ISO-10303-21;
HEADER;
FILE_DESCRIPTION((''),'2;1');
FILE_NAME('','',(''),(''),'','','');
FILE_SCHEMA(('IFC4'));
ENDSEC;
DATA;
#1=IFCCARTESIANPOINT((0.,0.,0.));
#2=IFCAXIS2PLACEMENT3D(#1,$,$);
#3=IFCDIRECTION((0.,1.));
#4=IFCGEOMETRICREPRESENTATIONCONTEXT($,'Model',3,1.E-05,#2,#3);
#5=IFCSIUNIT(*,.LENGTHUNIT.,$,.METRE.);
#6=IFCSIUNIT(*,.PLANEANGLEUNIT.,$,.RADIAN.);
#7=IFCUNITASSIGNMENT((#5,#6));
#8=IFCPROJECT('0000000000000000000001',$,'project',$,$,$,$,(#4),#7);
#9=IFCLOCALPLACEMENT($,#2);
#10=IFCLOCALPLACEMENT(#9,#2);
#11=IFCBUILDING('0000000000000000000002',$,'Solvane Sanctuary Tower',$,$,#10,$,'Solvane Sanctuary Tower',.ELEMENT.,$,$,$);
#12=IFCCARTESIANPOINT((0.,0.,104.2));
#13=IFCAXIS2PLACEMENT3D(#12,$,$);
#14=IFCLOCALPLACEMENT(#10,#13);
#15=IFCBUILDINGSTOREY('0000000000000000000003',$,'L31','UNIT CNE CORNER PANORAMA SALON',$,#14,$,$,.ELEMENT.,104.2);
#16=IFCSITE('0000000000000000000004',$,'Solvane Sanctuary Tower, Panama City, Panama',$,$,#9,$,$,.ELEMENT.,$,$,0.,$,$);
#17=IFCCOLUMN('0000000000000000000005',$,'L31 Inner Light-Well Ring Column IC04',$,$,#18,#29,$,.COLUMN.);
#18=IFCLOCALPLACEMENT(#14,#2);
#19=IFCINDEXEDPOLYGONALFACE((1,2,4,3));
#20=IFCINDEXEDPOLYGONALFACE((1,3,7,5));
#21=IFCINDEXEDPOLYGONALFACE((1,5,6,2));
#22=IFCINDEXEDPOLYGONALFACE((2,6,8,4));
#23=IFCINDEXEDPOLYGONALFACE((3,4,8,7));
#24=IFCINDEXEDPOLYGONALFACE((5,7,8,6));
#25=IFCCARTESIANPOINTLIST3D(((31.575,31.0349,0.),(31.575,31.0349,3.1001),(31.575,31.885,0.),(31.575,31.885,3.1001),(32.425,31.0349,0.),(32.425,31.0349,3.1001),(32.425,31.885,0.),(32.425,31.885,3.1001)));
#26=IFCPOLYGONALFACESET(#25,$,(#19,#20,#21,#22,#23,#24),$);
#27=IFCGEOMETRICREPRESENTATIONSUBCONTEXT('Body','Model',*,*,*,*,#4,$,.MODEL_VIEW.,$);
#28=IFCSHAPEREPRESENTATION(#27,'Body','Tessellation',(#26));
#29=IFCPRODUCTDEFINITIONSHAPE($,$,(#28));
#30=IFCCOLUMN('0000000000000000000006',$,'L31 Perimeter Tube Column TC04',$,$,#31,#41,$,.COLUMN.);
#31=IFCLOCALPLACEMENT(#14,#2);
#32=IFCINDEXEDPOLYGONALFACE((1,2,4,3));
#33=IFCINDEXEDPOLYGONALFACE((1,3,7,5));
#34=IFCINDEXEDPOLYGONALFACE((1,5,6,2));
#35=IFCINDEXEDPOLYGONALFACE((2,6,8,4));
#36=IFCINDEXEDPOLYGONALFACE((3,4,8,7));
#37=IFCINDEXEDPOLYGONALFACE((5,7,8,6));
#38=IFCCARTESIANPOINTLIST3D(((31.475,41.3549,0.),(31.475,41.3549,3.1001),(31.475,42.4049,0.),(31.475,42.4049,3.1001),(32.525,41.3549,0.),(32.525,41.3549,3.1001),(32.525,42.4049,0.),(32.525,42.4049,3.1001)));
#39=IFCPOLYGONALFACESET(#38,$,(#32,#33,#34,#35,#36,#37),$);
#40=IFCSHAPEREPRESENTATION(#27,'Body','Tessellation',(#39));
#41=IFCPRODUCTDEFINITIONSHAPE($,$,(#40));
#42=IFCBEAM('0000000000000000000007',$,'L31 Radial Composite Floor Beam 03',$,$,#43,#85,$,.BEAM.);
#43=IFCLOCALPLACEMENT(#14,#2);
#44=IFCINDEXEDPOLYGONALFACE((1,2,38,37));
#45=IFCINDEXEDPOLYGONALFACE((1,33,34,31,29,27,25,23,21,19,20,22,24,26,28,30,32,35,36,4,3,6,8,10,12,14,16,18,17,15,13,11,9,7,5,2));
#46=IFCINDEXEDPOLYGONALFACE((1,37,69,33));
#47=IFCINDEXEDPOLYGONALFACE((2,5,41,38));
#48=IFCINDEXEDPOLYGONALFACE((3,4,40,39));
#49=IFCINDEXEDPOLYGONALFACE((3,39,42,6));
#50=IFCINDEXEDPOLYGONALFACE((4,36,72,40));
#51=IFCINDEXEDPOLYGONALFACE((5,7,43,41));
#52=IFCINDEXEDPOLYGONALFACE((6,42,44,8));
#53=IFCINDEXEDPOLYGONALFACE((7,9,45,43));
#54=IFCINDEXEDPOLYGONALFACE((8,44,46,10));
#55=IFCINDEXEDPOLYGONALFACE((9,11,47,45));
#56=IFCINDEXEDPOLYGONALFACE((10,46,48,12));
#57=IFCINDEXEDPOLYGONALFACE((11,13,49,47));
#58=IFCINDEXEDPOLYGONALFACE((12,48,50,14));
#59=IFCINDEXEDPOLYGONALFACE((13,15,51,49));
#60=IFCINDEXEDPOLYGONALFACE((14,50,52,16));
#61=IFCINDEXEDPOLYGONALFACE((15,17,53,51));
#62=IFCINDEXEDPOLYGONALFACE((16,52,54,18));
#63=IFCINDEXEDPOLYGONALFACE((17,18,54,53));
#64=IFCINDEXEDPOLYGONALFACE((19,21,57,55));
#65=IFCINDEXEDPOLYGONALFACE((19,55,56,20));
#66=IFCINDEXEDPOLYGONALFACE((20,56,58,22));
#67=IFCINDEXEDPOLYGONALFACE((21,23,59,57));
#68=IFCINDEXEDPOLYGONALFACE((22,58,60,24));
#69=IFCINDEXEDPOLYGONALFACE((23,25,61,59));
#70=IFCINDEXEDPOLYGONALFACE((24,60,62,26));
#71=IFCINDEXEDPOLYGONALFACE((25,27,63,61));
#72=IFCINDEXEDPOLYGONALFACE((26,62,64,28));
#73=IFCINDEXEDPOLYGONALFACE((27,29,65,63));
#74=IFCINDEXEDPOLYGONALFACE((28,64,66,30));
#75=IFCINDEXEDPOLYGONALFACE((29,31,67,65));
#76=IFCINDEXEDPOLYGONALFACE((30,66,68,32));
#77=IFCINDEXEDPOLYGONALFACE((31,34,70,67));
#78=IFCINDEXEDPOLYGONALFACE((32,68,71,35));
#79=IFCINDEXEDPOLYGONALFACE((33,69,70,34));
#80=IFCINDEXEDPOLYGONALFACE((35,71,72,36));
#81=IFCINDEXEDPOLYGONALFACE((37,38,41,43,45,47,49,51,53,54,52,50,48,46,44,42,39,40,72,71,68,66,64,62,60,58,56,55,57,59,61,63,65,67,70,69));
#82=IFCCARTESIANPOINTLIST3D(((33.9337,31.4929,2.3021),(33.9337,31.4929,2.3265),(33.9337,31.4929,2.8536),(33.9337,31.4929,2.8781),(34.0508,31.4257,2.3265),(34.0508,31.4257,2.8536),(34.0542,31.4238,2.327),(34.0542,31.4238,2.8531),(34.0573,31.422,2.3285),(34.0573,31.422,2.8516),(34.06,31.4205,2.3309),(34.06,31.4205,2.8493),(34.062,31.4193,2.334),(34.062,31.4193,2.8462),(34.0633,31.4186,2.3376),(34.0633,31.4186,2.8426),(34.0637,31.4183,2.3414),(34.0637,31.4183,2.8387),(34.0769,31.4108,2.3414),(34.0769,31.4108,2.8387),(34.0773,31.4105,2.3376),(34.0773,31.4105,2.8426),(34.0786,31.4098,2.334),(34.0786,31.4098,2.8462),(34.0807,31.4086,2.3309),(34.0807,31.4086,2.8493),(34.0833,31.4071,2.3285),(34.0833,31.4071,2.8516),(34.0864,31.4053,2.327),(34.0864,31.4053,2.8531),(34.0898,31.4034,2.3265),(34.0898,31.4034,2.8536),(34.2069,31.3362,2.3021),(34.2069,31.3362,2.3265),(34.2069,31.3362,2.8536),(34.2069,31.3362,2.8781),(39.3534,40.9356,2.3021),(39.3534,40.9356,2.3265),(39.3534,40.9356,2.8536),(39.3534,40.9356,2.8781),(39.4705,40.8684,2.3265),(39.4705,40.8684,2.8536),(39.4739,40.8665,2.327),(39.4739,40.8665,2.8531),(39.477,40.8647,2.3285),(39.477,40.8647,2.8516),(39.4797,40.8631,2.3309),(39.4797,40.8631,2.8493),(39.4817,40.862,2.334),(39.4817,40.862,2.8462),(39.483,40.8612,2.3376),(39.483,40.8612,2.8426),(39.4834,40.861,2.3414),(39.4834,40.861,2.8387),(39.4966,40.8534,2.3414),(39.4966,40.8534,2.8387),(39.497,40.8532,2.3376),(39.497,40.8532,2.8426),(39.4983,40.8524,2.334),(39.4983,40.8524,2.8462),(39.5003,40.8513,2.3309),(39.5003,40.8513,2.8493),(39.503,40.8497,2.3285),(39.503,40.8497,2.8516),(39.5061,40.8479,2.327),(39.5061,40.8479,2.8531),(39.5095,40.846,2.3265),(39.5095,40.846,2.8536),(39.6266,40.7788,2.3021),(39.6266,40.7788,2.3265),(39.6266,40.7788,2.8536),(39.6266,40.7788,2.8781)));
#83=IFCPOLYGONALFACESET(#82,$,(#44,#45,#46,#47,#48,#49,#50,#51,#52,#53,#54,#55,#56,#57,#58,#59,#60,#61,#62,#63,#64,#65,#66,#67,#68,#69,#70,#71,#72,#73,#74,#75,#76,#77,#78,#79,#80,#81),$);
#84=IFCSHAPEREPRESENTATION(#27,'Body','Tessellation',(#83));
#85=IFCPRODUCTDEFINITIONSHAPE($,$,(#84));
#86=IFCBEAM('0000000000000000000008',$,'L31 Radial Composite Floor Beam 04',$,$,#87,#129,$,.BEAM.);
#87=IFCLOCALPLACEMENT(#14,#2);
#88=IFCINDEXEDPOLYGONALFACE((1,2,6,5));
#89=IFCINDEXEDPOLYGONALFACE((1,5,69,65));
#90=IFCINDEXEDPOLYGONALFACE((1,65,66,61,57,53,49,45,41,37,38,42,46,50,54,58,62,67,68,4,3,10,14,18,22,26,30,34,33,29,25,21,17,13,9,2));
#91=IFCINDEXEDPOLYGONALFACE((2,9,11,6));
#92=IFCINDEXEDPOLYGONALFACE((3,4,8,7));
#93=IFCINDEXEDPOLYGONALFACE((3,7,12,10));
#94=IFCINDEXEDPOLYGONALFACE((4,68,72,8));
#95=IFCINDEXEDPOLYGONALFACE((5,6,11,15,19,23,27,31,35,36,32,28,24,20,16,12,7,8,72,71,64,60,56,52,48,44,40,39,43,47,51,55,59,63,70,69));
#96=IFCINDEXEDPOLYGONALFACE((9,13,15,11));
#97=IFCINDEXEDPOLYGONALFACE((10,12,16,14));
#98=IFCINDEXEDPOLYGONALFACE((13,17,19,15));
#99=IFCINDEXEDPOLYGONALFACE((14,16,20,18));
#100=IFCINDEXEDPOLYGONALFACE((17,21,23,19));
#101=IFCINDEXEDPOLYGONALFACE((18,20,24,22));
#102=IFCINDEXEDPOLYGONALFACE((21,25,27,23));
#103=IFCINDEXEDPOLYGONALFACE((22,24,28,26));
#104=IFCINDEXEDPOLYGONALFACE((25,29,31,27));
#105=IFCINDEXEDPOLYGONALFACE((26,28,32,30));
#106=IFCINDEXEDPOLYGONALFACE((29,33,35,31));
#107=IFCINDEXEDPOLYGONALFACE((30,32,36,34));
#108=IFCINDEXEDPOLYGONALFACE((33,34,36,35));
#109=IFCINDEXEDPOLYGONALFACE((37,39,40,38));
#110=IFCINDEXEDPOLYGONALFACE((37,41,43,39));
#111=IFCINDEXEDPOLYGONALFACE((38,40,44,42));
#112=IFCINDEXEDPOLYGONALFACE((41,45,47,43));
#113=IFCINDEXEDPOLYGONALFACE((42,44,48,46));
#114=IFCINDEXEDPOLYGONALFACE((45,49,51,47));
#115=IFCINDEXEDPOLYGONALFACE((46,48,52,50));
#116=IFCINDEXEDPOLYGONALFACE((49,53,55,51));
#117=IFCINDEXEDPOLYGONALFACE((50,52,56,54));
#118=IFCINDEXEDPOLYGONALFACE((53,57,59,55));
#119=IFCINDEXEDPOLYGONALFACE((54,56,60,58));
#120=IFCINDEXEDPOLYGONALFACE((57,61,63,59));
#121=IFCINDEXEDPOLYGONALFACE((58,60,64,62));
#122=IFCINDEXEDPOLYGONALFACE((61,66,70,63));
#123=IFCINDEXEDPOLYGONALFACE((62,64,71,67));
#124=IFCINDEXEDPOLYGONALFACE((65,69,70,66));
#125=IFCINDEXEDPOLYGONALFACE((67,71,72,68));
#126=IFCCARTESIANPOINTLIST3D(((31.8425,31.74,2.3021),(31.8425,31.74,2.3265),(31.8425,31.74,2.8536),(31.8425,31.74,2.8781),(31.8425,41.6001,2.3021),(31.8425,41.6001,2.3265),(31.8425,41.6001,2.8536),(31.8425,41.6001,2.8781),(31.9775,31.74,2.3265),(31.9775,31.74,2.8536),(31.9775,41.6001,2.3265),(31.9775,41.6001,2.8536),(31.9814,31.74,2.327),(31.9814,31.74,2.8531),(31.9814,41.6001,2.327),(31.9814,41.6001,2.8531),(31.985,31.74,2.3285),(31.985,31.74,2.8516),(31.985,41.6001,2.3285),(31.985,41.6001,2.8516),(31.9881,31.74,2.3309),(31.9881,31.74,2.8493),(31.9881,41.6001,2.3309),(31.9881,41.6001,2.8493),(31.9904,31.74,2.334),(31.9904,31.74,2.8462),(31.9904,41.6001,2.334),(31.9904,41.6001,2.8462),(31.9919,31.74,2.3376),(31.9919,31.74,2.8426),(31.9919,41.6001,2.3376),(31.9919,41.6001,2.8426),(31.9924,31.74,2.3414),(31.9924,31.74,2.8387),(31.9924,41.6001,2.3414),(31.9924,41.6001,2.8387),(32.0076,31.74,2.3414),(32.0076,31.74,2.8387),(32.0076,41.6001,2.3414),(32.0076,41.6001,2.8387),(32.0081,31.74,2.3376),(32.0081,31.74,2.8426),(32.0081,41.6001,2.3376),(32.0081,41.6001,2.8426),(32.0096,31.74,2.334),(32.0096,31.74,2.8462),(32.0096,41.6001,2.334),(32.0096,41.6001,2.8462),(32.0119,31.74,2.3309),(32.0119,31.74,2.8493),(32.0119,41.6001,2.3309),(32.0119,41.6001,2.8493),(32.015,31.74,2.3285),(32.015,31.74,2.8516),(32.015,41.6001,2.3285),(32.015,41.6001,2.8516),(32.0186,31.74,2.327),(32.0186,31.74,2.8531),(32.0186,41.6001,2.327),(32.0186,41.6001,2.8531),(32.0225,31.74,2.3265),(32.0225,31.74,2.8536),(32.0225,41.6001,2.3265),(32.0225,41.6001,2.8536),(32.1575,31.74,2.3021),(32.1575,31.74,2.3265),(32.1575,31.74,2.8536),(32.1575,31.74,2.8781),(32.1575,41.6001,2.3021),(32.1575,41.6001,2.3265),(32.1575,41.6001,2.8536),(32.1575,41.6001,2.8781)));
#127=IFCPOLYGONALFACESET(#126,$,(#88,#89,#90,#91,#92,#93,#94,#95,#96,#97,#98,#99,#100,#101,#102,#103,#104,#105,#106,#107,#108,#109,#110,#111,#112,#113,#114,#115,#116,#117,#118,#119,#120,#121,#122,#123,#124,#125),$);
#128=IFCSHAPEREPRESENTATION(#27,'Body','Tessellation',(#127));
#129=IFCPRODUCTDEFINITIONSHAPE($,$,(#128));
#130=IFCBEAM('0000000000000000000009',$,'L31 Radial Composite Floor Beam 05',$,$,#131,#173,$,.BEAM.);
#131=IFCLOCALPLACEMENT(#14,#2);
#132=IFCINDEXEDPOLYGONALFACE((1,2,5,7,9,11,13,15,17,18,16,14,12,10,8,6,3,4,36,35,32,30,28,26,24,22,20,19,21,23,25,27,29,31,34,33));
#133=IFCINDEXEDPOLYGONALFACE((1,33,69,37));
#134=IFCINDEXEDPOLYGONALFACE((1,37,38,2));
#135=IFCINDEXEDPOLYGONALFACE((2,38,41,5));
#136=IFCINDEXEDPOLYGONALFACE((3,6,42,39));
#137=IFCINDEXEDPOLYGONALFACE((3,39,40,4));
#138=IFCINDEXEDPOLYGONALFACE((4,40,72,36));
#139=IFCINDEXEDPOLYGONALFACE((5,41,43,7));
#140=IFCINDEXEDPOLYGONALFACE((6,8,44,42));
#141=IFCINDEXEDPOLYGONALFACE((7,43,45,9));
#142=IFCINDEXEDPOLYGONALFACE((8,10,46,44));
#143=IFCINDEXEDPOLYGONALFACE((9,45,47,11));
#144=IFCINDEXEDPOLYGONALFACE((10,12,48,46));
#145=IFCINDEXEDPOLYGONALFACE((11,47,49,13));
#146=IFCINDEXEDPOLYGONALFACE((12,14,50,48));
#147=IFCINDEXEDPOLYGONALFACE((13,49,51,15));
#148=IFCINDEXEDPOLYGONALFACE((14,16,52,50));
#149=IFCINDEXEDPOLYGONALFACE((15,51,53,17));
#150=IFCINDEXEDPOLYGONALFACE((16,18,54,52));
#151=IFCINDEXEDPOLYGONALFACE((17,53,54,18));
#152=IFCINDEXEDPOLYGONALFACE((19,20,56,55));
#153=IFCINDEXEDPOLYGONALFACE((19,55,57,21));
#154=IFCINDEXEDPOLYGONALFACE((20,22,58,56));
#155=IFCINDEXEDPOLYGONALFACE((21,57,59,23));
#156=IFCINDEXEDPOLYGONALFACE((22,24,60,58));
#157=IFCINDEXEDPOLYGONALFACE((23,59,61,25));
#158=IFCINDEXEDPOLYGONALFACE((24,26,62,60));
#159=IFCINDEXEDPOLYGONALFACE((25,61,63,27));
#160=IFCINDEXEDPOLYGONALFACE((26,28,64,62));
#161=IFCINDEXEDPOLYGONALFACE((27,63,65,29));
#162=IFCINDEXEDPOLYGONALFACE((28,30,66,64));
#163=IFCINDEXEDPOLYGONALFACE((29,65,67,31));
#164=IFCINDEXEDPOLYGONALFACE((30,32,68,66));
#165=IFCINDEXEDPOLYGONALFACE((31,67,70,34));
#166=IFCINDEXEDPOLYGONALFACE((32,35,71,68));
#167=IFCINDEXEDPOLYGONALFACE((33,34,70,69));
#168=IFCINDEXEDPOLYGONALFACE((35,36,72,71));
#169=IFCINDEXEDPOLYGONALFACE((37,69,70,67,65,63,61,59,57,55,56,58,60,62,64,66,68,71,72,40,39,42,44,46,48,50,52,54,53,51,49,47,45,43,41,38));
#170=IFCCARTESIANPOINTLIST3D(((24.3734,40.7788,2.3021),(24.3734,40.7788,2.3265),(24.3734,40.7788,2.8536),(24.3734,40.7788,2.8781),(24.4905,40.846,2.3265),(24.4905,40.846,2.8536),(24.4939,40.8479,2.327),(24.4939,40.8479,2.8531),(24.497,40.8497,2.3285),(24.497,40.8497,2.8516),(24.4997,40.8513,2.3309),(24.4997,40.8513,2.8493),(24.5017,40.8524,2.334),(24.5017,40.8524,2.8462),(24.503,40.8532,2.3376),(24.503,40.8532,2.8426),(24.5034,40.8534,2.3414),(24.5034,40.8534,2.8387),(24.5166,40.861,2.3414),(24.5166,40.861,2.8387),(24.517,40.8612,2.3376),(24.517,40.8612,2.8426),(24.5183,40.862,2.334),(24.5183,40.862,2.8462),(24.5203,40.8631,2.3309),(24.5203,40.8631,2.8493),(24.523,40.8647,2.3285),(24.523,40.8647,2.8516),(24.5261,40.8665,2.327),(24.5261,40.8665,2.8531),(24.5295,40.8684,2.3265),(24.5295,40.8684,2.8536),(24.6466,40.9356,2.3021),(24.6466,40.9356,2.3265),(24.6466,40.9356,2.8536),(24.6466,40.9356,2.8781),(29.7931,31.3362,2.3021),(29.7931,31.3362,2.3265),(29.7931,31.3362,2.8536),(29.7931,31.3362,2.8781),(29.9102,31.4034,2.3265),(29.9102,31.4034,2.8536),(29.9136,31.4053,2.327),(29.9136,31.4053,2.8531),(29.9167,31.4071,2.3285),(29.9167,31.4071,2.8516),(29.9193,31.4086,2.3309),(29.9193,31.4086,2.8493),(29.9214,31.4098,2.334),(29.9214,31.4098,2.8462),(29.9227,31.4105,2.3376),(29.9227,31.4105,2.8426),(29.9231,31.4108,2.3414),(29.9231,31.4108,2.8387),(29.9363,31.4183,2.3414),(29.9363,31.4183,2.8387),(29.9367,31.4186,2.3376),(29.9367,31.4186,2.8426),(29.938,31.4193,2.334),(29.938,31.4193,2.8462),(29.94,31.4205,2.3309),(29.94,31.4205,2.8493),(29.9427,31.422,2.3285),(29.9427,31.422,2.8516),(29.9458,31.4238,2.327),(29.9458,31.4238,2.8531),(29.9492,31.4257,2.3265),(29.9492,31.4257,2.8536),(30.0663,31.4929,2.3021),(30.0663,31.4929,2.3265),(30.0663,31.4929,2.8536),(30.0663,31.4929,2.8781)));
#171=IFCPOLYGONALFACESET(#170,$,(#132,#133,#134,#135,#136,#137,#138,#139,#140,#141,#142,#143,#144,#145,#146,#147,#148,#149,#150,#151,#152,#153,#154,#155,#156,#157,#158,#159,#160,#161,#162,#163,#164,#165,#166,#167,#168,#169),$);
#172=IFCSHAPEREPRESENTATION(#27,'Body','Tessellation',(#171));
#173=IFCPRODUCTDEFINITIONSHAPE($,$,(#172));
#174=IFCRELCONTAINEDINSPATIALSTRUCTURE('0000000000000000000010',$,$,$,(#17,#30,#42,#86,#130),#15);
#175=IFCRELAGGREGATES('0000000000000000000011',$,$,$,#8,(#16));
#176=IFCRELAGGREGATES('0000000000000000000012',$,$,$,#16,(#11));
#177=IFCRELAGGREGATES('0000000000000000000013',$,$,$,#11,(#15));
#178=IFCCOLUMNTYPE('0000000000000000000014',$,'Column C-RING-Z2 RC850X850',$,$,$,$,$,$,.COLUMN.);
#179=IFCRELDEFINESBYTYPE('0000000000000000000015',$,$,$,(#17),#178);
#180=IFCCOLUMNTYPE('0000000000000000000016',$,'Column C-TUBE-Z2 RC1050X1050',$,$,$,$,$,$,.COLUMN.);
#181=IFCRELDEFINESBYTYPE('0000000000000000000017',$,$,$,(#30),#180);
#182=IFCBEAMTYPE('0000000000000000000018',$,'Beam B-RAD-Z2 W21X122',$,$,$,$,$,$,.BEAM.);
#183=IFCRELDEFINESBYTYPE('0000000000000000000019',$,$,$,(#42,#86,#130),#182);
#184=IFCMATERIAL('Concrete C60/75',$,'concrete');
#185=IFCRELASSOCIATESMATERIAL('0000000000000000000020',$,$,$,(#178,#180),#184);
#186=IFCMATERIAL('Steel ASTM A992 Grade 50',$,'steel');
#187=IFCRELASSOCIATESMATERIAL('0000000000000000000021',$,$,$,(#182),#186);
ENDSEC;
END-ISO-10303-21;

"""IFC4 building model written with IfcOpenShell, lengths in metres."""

from ifc_helpers import new_model, si_unit, direction, frame, origin, origin_2d, place, context, subcontext, project, spatial, rectangle, i_section, extrude, material, material_profile, profile_set, type_object, element, save


model = new_model("IFC4")

# Units and contexts
model_context = context("Model", 3, precision=1e-05, world=origin(), true_north=direction((0.0, 1.0)))
body_context = subcontext(model_context, "Body", "Model", "MODEL_VIEW")
ifc_project = project(units=[si_unit("LENGTHUNIT", "METRE"), si_unit("PLANEANGLEUNIT", "RADIAN")], contexts=[model_context])

# Site, building, storey
site_placement = place(None, origin())
site = spatial("IfcSite", under=ifc_project, at=site_placement, Name="Solvane Sanctuary Tower, Panama City, Panama", CompositionType="ELEMENT", RefElevation=0.0)
building_placement = place(site_placement, origin())
building = spatial("IfcBuilding", under=site, at=building_placement, Name="Solvane Sanctuary Tower", LongName="Solvane Sanctuary Tower", CompositionType="ELEMENT")
storey_placement = place(building_placement, frame((0.0, 0.0, 104.2)))
storey = spatial("IfcBuildingStorey", under=building, at=storey_placement, Name="L31", Description="UNIT CNE CORNER PANORAMA SALON", CompositionType="ELEMENT", Elevation=104.2)

# Columns
ifc_material_1 = material(Name="Concrete C60/75", Category="concrete")
ifc_material_profile_1 = material_profile(ifc_material_1, rectangle(XDim=0.8501, YDim=0.8501, at=origin_2d()), Name="RC850X850")
ifc_profile_set_1 = profile_set([ifc_material_profile_1], Name="Concrete C60/75")
column_type_1 = type_object("IfcColumnType", Name="Column C-RING-Z2 RC850X850", PredefinedType="COLUMN", material=ifc_profile_set_1)
column_1_placement = place(storey_placement, frame((32.0, 31.46, 0.0), z_axis=(0.0, 0.0, 1.0), x_axis=(1.0, 0.0, 0.0)))
element("IfcColumn", 1, at=column_1_placement, inside=storey, type_object=column_type_1, Name="L31 Inner Light-Well Ring Column IC04", PredefinedType="COLUMN", context=body_context, shape_type="SweptSolid", body=[
    extrude(rectangle(XDim=0.8501, YDim=0.8501, at=origin_2d()), origin(), (0.0, 0.0, 1.0), 3.1001),
])
ifc_material_profile_2 = material_profile(ifc_material_1, rectangle(XDim=1.05, YDim=1.05, at=origin_2d()), Name="RC1050X1050")
ifc_profile_set_2 = profile_set([ifc_material_profile_2], Name="Concrete C60/75")
column_type_2 = type_object("IfcColumnType", Name="Column C-TUBE-Z2 RC1050X1050", PredefinedType="COLUMN", material=ifc_profile_set_2)
column_2_placement = place(storey_placement, frame((32.0, 41.8799, 0.0), z_axis=(0.0, 0.0, 1.0), x_axis=(0.0, 1.0, 0.0)))
element("IfcColumn", 2, at=column_2_placement, inside=storey, type_object=column_type_2, Name="L31 Perimeter Tube Column TC04", PredefinedType="COLUMN", context=body_context, shape_type="SweptSolid", body=[
    extrude(rectangle(XDim=1.05, YDim=1.05, at=origin_2d()), origin(), (0.0, 0.0, 1.0), 3.1001),
])

# Beams
ifc_material_2 = material(Name="Steel ASTM A992 Grade 50", Category="steel")
ifc_material_profile_3 = material_profile(ifc_material_2, i_section(OverallWidth=0.3149, OverallDepth=0.5759, WebThickness=0.0151, FlangeThickness=0.0244, FilletRadius=0.0149, at=origin_2d()), Name="W21X122")
ifc_profile_set_3 = profile_set([ifc_material_profile_3], Name="Steel ASTM A992 Grade 50")
beam_type_1 = type_object("IfcBeamType", Name="Beam B-RAD-Z2 W21X122", PredefinedType="BEAM", material=ifc_profile_set_3)
beam_1_placement = place(storey_placement, frame((34.0703, 31.4146, 2.5901), z_axis=(0.497792, 0.867296, 0.0), x_axis=(-0.867296, 0.497792, 0.0)))
element("IfcBeam", 3, at=beam_1_placement, inside=storey, type_object=beam_type_1, Name="L31 Radial Composite Floor Beam 03", PredefinedType="BEAM", context=body_context, shape_type="SweptSolid", body=[
    extrude(i_section(OverallWidth=0.3149, OverallDepth=0.5759, WebThickness=0.0151, FlangeThickness=0.0244, FilletRadius=0.0149, at=origin_2d()), origin(), (0.0, 0.0, 1.0), 10.8875),
])
beam_2_placement = place(storey_placement, frame((32.0, 31.74, 2.5901), z_axis=(0.0, 1.0, 0.0), x_axis=(-1.0, 0.0, 0.0)))
element("IfcBeam", 4, at=beam_2_placement, inside=storey, type_object=beam_type_1, Name="L31 Radial Composite Floor Beam 04", PredefinedType="BEAM", context=body_context, shape_type="SweptSolid", body=[
    extrude(i_section(OverallWidth=0.3149, OverallDepth=0.5759, WebThickness=0.0151, FlangeThickness=0.0244, FilletRadius=0.0149, at=origin_2d()), origin(), (0.0, 0.0, 1.0), 9.8601),
])
beam_3_placement = place(storey_placement, frame((29.9297, 31.4146, 2.5901), z_axis=(-0.497792, 0.867296, 0.0), x_axis=(-0.867296, -0.497792, 0.0)))
element("IfcBeam", 5, at=beam_3_placement, inside=storey, type_object=beam_type_1, Name="L31 Radial Composite Floor Beam 05", PredefinedType="BEAM", context=body_context, shape_type="SweptSolid", body=[
    extrude(i_section(OverallWidth=0.3149, OverallDepth=0.5759, WebThickness=0.0151, FlangeThickness=0.0244, FilletRadius=0.0149, at=origin_2d()), origin(), (0.0, 0.0, 1.0), 10.8875),
])

save(model, "model.ifc")
